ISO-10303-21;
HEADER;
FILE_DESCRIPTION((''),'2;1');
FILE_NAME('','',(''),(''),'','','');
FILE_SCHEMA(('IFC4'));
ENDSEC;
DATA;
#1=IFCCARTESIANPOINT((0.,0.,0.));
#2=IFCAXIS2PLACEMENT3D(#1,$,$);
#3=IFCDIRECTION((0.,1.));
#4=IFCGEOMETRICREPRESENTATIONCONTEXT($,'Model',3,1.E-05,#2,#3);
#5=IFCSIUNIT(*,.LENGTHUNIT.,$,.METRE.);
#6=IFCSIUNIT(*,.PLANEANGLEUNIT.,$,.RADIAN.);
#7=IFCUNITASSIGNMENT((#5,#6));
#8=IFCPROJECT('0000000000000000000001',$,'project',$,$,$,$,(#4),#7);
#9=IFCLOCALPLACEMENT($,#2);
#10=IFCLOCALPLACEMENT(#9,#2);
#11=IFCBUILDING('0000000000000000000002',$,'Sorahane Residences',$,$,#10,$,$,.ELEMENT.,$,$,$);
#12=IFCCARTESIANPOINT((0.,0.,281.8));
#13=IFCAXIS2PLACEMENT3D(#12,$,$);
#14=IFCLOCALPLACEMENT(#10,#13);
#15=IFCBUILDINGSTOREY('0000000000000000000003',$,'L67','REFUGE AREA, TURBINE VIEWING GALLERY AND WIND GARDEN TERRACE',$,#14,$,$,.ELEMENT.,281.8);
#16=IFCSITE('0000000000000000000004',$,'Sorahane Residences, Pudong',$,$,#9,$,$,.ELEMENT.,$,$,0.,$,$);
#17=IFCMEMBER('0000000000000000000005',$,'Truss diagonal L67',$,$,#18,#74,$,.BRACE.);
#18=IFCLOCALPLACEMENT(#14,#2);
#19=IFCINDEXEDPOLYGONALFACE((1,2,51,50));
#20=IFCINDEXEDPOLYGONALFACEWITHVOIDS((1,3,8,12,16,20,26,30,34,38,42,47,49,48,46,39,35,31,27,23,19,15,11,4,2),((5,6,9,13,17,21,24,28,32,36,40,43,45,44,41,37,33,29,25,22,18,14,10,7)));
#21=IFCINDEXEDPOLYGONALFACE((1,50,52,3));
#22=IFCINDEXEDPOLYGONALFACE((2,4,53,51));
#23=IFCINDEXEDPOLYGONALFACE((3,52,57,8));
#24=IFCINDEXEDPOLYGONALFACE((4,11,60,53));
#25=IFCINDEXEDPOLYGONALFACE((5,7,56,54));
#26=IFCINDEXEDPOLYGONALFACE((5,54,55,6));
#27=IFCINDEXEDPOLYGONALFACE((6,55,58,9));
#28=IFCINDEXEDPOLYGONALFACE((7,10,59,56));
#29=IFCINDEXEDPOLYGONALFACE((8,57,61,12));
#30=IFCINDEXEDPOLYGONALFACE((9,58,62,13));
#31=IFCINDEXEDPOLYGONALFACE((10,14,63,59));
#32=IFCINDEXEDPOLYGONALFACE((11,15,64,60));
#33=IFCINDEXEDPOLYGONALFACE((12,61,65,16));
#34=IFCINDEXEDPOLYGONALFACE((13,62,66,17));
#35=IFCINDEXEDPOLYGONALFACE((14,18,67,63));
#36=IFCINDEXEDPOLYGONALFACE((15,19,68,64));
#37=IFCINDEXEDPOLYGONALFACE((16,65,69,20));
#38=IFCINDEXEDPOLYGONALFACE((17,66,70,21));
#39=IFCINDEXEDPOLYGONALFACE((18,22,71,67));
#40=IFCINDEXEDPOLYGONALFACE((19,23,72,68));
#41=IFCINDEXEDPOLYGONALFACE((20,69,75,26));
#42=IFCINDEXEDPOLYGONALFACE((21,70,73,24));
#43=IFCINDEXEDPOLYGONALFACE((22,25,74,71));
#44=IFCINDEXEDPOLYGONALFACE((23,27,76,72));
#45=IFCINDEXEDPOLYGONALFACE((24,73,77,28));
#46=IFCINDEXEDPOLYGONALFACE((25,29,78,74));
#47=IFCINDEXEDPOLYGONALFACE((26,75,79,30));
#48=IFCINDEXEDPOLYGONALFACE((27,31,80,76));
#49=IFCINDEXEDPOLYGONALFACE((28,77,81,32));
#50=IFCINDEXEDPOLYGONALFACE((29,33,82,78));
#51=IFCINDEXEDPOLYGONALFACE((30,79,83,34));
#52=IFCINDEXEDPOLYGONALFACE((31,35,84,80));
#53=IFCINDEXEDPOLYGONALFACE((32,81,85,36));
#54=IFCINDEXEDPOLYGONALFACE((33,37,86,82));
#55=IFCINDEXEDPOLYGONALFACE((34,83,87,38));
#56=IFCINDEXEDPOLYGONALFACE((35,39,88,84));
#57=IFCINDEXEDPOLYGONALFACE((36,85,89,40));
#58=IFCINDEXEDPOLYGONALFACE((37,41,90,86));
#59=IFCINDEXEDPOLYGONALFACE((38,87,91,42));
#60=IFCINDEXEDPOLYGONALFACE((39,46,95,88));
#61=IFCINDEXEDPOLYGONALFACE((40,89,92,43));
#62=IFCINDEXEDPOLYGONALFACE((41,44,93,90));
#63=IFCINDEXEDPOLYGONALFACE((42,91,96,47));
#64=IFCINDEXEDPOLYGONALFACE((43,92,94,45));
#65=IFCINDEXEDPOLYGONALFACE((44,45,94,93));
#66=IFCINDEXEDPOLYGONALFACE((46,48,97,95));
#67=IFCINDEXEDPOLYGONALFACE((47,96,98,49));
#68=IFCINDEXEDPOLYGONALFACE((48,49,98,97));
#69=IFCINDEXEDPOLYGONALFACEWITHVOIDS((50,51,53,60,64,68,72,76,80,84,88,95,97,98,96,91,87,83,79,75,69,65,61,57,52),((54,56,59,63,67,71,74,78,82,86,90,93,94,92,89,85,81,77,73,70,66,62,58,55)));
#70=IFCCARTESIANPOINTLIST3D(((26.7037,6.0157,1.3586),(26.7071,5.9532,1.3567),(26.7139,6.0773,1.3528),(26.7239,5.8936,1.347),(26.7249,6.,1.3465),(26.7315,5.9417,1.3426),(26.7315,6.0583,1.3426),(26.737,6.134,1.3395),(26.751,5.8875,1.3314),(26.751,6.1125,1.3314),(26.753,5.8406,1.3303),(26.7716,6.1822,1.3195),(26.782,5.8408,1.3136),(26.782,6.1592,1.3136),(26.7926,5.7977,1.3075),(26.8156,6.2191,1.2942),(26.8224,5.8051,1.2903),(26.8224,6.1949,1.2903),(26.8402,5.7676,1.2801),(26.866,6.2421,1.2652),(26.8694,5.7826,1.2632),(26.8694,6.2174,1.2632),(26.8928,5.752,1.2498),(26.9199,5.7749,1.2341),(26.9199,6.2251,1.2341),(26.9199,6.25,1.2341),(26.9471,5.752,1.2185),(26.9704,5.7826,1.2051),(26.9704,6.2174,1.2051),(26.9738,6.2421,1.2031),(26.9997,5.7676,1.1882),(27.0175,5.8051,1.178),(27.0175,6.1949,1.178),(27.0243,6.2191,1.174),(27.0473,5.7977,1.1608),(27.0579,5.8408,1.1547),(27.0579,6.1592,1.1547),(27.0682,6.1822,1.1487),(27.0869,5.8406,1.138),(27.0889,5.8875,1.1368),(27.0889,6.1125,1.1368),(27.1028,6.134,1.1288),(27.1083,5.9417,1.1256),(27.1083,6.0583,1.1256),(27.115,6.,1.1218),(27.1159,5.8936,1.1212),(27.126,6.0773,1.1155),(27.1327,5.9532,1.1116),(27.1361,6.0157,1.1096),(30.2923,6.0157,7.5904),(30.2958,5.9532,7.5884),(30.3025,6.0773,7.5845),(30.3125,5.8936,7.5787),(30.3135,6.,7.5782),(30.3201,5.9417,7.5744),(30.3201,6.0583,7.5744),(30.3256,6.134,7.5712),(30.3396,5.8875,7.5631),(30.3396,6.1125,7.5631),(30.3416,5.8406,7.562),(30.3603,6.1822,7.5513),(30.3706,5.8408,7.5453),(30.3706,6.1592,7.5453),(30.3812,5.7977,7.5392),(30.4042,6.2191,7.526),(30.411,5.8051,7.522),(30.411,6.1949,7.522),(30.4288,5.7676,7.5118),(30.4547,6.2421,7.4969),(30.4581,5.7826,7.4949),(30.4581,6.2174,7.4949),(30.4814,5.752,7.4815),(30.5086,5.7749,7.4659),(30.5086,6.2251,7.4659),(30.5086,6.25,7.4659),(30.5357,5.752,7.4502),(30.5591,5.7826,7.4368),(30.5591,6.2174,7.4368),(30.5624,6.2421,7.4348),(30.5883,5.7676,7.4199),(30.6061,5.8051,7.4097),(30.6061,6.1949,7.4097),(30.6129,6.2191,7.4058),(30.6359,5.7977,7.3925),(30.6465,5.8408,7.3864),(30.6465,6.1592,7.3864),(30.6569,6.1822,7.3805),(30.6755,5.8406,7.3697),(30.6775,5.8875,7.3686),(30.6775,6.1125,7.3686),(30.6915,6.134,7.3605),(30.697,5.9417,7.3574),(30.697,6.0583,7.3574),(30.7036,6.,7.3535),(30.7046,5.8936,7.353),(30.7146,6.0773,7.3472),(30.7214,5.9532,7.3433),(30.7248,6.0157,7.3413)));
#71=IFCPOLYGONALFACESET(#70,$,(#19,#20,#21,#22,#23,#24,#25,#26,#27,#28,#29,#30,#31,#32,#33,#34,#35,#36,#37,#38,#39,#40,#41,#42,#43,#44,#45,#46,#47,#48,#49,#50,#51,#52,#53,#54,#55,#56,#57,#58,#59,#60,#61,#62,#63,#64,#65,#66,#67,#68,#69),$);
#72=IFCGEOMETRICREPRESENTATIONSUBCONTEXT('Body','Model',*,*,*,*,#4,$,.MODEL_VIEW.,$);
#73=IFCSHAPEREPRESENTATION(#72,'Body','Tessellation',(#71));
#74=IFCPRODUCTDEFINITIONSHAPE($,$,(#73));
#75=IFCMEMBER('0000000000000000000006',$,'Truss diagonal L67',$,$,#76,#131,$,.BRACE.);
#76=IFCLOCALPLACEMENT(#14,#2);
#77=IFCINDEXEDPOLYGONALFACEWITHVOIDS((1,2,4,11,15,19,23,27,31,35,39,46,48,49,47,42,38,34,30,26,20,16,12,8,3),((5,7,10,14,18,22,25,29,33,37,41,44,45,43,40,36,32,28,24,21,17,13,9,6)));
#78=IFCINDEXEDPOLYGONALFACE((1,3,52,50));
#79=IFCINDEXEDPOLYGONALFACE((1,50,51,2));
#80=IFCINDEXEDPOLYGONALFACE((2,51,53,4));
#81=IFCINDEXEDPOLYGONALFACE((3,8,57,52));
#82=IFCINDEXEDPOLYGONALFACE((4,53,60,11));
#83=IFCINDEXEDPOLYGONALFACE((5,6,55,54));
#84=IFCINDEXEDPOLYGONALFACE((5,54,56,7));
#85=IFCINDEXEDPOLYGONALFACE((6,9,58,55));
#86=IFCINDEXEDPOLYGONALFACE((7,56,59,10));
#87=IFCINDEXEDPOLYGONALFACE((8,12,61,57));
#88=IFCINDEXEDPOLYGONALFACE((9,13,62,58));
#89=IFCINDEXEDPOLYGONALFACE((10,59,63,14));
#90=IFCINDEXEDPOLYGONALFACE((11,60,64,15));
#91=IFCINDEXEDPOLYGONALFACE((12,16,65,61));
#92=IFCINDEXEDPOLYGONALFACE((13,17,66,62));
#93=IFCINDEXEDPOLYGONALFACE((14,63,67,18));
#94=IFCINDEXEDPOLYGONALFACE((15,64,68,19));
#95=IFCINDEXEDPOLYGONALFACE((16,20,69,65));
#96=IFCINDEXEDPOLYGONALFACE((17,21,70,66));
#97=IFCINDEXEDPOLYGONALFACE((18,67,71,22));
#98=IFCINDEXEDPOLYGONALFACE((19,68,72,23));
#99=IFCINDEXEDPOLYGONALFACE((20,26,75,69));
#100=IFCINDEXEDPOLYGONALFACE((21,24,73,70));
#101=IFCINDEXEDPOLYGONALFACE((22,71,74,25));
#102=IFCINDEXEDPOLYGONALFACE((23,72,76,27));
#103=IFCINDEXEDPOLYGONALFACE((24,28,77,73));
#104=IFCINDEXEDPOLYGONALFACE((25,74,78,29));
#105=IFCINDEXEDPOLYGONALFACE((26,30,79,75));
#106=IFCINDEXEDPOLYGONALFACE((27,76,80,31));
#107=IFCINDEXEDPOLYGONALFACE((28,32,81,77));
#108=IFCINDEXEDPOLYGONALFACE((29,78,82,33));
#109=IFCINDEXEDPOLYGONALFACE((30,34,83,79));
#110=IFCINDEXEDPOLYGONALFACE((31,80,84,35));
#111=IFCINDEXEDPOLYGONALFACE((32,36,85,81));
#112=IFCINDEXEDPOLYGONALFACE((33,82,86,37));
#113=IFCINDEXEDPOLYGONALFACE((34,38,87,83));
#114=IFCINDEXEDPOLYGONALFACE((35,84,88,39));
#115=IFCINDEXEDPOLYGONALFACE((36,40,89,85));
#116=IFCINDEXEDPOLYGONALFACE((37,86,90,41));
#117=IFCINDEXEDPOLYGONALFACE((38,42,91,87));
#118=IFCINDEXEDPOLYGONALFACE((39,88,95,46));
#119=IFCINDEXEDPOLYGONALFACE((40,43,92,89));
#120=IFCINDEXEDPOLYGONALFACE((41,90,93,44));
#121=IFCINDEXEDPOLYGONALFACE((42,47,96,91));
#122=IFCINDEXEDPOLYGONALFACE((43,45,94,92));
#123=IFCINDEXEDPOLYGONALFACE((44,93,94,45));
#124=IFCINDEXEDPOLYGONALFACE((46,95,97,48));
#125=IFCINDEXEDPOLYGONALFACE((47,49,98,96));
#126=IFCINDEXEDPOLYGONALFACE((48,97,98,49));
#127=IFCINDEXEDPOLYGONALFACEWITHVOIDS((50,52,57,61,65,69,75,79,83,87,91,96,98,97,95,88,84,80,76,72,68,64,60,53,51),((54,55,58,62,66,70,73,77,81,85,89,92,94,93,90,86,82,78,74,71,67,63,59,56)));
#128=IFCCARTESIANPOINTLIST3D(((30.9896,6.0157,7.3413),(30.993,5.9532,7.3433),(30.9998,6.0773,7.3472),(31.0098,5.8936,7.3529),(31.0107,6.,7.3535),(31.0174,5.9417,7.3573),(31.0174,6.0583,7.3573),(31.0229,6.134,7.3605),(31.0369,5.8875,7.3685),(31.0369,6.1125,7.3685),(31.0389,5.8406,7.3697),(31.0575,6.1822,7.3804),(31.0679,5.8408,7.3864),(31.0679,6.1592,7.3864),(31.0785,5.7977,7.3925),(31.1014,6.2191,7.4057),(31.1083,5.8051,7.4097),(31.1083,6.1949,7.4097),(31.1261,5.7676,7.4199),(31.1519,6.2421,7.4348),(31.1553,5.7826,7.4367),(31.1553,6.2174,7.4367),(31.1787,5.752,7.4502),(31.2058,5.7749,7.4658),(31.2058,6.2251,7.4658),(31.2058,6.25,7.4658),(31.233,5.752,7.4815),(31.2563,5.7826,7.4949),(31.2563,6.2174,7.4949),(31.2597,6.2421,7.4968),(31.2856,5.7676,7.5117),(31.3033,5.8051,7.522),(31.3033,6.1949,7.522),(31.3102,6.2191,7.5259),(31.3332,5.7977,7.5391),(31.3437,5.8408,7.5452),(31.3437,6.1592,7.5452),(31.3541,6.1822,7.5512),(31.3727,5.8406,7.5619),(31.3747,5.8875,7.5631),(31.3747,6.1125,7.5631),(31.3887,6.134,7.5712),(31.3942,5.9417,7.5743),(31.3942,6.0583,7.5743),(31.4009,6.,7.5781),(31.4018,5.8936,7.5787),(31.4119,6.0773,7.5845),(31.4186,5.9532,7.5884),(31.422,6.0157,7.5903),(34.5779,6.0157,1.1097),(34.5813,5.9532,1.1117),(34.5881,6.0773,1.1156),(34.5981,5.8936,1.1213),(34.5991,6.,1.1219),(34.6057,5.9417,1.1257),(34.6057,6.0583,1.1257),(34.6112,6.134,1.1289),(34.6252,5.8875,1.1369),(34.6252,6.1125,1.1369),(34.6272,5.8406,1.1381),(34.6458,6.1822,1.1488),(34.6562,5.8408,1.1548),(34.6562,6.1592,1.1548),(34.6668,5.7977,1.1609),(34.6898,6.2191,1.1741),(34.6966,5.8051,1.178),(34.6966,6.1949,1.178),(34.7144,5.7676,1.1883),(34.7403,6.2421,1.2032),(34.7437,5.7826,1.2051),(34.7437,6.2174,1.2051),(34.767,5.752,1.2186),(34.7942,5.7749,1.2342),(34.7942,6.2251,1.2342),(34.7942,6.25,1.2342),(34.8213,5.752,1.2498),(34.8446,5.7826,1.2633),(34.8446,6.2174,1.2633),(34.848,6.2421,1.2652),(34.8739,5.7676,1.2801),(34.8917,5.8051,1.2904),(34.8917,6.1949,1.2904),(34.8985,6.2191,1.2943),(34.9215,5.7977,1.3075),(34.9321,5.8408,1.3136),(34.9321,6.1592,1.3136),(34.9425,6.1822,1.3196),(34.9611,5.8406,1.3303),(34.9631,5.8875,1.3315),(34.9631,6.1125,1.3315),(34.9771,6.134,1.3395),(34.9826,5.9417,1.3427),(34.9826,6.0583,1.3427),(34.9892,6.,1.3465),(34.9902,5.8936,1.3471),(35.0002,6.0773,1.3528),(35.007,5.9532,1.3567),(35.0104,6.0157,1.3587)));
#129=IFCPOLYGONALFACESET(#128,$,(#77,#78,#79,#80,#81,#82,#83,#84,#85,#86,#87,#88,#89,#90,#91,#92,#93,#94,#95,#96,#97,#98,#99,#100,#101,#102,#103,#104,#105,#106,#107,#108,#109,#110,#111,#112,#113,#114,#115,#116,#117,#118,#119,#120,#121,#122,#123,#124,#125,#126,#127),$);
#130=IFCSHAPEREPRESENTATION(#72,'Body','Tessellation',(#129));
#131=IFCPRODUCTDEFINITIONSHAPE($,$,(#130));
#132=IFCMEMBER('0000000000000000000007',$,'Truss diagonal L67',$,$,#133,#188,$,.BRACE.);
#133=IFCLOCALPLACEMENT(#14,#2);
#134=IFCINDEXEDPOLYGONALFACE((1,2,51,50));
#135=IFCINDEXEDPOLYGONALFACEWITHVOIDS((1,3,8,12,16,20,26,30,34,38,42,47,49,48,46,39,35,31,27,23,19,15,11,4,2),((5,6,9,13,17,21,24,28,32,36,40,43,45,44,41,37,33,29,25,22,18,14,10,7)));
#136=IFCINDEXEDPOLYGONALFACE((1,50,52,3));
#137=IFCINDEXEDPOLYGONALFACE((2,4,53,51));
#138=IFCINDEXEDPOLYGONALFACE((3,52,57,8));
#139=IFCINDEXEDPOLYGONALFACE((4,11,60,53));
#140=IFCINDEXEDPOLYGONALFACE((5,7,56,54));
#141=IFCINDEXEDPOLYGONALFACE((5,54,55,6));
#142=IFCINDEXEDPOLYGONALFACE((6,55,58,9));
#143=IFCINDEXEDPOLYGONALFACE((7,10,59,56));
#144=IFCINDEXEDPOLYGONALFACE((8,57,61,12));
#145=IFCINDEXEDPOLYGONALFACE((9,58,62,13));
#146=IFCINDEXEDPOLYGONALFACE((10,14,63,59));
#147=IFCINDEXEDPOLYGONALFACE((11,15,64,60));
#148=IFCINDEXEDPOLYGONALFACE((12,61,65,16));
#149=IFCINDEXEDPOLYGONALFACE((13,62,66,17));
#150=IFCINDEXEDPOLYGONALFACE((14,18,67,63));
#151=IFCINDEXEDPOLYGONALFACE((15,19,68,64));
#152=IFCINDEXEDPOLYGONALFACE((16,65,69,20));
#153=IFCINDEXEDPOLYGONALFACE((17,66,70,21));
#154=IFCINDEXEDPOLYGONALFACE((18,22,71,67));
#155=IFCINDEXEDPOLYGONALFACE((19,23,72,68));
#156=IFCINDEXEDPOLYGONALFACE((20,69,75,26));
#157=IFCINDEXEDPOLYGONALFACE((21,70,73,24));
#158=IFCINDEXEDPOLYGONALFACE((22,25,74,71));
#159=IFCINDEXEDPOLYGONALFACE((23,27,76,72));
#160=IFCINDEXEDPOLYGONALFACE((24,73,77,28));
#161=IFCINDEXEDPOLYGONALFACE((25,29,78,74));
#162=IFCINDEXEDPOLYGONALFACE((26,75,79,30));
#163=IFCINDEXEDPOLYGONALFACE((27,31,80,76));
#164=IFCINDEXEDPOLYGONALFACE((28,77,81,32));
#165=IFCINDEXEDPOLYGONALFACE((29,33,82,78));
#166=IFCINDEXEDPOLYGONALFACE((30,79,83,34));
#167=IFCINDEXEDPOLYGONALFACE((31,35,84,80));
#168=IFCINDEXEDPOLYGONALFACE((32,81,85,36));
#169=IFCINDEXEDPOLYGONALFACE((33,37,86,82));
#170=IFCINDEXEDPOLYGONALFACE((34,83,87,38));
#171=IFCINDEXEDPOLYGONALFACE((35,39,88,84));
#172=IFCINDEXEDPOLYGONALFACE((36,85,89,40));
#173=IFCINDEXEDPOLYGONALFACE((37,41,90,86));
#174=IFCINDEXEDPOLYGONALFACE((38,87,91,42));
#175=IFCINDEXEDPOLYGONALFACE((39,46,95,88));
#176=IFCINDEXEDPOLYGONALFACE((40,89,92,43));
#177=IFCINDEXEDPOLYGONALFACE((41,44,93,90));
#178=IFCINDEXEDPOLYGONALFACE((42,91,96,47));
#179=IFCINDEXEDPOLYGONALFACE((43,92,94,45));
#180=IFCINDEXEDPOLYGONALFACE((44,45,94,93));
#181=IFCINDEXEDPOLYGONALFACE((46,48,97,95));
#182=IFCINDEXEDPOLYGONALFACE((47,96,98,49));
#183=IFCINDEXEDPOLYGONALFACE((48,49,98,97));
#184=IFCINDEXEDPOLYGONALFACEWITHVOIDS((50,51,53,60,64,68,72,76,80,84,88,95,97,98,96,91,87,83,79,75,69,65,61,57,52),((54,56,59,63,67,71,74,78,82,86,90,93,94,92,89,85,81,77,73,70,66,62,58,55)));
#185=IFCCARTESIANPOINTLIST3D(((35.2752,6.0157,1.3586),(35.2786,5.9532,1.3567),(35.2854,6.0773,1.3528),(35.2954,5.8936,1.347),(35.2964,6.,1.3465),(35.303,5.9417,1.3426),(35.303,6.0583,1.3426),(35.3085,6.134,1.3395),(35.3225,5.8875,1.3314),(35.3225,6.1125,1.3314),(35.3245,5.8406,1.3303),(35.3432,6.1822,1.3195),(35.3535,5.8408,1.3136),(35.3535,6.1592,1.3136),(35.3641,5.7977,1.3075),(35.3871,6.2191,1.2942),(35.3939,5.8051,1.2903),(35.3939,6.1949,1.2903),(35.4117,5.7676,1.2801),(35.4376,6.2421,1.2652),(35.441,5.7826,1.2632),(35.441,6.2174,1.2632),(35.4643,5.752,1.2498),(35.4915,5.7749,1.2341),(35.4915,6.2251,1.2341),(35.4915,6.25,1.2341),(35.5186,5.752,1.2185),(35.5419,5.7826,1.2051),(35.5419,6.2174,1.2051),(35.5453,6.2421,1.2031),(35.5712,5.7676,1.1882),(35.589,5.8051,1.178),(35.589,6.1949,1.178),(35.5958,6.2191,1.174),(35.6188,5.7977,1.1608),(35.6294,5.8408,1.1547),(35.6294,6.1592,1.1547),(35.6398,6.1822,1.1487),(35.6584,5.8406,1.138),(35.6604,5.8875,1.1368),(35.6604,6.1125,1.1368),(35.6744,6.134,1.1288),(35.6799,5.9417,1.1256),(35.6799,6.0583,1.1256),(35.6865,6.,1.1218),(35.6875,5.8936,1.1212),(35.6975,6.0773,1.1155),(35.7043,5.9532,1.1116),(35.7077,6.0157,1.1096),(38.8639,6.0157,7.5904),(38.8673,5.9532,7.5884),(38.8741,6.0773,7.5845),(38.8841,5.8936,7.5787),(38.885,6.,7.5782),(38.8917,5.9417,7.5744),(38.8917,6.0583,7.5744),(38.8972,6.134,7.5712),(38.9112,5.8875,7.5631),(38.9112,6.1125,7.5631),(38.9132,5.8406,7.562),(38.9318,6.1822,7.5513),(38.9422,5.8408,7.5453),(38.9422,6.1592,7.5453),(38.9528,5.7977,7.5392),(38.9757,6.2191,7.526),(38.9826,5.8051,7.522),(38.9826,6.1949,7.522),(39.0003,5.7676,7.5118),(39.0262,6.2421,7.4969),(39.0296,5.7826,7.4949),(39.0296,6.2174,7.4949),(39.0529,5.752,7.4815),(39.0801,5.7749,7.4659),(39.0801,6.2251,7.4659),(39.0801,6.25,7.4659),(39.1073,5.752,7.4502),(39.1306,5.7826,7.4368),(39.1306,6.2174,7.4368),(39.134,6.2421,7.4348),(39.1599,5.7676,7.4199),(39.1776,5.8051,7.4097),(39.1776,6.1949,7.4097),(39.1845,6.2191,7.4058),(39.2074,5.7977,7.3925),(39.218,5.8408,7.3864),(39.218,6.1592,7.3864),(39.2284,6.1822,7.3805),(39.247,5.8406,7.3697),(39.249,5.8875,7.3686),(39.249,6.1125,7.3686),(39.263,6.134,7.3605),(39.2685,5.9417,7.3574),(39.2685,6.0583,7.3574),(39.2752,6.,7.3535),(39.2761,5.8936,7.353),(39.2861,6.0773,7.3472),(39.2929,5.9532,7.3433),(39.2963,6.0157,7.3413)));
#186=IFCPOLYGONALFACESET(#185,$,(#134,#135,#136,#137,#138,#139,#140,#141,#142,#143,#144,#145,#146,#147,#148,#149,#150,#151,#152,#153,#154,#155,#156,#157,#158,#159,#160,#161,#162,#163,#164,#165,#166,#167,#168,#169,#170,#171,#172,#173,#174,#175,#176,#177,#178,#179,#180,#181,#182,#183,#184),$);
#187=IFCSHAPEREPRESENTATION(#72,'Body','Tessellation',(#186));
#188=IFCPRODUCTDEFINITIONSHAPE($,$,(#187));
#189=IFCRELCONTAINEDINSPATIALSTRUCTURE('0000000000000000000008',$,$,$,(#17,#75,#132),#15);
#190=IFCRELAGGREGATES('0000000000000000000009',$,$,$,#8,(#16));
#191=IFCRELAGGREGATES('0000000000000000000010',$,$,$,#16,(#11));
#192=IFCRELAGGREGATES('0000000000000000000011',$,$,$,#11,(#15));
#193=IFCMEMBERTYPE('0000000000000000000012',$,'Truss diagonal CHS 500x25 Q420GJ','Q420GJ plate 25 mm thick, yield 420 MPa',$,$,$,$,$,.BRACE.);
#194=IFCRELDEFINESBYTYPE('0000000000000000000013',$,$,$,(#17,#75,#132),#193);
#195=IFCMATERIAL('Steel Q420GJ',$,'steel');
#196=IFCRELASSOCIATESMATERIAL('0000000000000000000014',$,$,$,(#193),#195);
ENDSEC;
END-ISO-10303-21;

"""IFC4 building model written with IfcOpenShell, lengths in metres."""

from ifc_helpers import new_model, si_unit, direction, frame, origin, origin_2d, place, context, subcontext, project, spatial, hollow_circle, extrude, material, material_profile, profile_set, type_object, element, save


model = new_model("IFC4")

# Units and contexts
model_context = context("Model", 3, precision=1e-05, world=origin(), true_north=direction((0.0, 1.0)))
body_context = subcontext(model_context, "Body", "Model", "MODEL_VIEW")
ifc_project = project(units=[si_unit("LENGTHUNIT", "METRE"), si_unit("PLANEANGLEUNIT", "RADIAN")], contexts=[model_context])

# Site, building, storey
site_placement = place(None, origin())
site = spatial("IfcSite", under=ifc_project, at=site_placement, Name="Sorahane Residences, Pudong", CompositionType="ELEMENT", RefElevation=0.0)
building_placement = place(site_placement, origin())
building = spatial("IfcBuilding", under=site, at=building_placement, Name="Sorahane Residences", CompositionType="ELEMENT")
storey_placement = place(building_placement, frame((0.0, 0.0, 281.8)))
storey = spatial("IfcBuildingStorey", under=building, at=storey_placement, Name="L67", Description="REFUGE AREA, TURBINE VIEWING GALLERY AND WIND GARDEN TERRACE", CompositionType="ELEMENT", Elevation=281.8)

# Members
ifc_material_1 = material(Name="Steel Q420GJ", Category="steel")
ifc_material_profile_1 = material_profile(ifc_material_1, hollow_circle(Radius=0.25, WallThickness=0.0249, at=origin_2d()), Name="CHS 500x25")
ifc_profile_set_1 = profile_set([ifc_material_profile_1], Name="Steel Q420GJ")
member_type = type_object("IfcMemberType", Name="Truss diagonal CHS 500x25 Q420GJ", Description="Q420GJ plate 25 mm thick, yield 420 MPa", PredefinedType="BRACE", material=ifc_profile_set_1)
for number, where, z_axis, x_axis, name in (
    (1, (26.9199, 6.0, 1.2341), (0.499036, 0.0, 0.866582), (0.0, 1.0, 0.0), "Truss diagonal L67"),
):
    element("IfcMember", number, at=place(storey_placement, frame(where, z_axis=z_axis, x_axis=x_axis)), inside=storey, type_object=member_type, Name=name, PredefinedType="BRACE", context=body_context, shape_type="SweptSolid", body=[
        extrude(hollow_circle(Radius=0.25, WallThickness=0.0249, at=origin_2d()), origin(), (0.0, 0.0, 1.0), 7.1912),
    ])
member_1_placement = place(storey_placement, frame((31.2058, 6.0, 7.4658), z_axis=(0.49901, 0.0, -0.866596), x_axis=(0.0, 1.0, 0.0)))
element("IfcMember", 2, at=member_1_placement, inside=storey, type_object=member_type, Name="Truss diagonal L67", PredefinedType="BRACE", context=body_context, shape_type="SweptSolid", body=[
    extrude(hollow_circle(Radius=0.25, WallThickness=0.0249, at=origin_2d()), origin(), (0.0, 0.0, 1.0), 7.1909),
])
member_2_placement = place(storey_placement, frame((35.4915, 6.0, 1.2341), z_axis=(0.499036, 0.0, 0.866582), x_axis=(0.0, 1.0, 0.0)))
element("IfcMember", 3, at=member_2_placement, inside=storey, type_object=member_type, Name="Truss diagonal L67", PredefinedType="BRACE", context=body_context, shape_type="SweptSolid", body=[
    extrude(hollow_circle(Radius=0.25, WallThickness=0.0249, at=origin_2d()), origin(), (0.0, 0.0, 1.0), 7.1912),
])

save(model, "model.ifc")
